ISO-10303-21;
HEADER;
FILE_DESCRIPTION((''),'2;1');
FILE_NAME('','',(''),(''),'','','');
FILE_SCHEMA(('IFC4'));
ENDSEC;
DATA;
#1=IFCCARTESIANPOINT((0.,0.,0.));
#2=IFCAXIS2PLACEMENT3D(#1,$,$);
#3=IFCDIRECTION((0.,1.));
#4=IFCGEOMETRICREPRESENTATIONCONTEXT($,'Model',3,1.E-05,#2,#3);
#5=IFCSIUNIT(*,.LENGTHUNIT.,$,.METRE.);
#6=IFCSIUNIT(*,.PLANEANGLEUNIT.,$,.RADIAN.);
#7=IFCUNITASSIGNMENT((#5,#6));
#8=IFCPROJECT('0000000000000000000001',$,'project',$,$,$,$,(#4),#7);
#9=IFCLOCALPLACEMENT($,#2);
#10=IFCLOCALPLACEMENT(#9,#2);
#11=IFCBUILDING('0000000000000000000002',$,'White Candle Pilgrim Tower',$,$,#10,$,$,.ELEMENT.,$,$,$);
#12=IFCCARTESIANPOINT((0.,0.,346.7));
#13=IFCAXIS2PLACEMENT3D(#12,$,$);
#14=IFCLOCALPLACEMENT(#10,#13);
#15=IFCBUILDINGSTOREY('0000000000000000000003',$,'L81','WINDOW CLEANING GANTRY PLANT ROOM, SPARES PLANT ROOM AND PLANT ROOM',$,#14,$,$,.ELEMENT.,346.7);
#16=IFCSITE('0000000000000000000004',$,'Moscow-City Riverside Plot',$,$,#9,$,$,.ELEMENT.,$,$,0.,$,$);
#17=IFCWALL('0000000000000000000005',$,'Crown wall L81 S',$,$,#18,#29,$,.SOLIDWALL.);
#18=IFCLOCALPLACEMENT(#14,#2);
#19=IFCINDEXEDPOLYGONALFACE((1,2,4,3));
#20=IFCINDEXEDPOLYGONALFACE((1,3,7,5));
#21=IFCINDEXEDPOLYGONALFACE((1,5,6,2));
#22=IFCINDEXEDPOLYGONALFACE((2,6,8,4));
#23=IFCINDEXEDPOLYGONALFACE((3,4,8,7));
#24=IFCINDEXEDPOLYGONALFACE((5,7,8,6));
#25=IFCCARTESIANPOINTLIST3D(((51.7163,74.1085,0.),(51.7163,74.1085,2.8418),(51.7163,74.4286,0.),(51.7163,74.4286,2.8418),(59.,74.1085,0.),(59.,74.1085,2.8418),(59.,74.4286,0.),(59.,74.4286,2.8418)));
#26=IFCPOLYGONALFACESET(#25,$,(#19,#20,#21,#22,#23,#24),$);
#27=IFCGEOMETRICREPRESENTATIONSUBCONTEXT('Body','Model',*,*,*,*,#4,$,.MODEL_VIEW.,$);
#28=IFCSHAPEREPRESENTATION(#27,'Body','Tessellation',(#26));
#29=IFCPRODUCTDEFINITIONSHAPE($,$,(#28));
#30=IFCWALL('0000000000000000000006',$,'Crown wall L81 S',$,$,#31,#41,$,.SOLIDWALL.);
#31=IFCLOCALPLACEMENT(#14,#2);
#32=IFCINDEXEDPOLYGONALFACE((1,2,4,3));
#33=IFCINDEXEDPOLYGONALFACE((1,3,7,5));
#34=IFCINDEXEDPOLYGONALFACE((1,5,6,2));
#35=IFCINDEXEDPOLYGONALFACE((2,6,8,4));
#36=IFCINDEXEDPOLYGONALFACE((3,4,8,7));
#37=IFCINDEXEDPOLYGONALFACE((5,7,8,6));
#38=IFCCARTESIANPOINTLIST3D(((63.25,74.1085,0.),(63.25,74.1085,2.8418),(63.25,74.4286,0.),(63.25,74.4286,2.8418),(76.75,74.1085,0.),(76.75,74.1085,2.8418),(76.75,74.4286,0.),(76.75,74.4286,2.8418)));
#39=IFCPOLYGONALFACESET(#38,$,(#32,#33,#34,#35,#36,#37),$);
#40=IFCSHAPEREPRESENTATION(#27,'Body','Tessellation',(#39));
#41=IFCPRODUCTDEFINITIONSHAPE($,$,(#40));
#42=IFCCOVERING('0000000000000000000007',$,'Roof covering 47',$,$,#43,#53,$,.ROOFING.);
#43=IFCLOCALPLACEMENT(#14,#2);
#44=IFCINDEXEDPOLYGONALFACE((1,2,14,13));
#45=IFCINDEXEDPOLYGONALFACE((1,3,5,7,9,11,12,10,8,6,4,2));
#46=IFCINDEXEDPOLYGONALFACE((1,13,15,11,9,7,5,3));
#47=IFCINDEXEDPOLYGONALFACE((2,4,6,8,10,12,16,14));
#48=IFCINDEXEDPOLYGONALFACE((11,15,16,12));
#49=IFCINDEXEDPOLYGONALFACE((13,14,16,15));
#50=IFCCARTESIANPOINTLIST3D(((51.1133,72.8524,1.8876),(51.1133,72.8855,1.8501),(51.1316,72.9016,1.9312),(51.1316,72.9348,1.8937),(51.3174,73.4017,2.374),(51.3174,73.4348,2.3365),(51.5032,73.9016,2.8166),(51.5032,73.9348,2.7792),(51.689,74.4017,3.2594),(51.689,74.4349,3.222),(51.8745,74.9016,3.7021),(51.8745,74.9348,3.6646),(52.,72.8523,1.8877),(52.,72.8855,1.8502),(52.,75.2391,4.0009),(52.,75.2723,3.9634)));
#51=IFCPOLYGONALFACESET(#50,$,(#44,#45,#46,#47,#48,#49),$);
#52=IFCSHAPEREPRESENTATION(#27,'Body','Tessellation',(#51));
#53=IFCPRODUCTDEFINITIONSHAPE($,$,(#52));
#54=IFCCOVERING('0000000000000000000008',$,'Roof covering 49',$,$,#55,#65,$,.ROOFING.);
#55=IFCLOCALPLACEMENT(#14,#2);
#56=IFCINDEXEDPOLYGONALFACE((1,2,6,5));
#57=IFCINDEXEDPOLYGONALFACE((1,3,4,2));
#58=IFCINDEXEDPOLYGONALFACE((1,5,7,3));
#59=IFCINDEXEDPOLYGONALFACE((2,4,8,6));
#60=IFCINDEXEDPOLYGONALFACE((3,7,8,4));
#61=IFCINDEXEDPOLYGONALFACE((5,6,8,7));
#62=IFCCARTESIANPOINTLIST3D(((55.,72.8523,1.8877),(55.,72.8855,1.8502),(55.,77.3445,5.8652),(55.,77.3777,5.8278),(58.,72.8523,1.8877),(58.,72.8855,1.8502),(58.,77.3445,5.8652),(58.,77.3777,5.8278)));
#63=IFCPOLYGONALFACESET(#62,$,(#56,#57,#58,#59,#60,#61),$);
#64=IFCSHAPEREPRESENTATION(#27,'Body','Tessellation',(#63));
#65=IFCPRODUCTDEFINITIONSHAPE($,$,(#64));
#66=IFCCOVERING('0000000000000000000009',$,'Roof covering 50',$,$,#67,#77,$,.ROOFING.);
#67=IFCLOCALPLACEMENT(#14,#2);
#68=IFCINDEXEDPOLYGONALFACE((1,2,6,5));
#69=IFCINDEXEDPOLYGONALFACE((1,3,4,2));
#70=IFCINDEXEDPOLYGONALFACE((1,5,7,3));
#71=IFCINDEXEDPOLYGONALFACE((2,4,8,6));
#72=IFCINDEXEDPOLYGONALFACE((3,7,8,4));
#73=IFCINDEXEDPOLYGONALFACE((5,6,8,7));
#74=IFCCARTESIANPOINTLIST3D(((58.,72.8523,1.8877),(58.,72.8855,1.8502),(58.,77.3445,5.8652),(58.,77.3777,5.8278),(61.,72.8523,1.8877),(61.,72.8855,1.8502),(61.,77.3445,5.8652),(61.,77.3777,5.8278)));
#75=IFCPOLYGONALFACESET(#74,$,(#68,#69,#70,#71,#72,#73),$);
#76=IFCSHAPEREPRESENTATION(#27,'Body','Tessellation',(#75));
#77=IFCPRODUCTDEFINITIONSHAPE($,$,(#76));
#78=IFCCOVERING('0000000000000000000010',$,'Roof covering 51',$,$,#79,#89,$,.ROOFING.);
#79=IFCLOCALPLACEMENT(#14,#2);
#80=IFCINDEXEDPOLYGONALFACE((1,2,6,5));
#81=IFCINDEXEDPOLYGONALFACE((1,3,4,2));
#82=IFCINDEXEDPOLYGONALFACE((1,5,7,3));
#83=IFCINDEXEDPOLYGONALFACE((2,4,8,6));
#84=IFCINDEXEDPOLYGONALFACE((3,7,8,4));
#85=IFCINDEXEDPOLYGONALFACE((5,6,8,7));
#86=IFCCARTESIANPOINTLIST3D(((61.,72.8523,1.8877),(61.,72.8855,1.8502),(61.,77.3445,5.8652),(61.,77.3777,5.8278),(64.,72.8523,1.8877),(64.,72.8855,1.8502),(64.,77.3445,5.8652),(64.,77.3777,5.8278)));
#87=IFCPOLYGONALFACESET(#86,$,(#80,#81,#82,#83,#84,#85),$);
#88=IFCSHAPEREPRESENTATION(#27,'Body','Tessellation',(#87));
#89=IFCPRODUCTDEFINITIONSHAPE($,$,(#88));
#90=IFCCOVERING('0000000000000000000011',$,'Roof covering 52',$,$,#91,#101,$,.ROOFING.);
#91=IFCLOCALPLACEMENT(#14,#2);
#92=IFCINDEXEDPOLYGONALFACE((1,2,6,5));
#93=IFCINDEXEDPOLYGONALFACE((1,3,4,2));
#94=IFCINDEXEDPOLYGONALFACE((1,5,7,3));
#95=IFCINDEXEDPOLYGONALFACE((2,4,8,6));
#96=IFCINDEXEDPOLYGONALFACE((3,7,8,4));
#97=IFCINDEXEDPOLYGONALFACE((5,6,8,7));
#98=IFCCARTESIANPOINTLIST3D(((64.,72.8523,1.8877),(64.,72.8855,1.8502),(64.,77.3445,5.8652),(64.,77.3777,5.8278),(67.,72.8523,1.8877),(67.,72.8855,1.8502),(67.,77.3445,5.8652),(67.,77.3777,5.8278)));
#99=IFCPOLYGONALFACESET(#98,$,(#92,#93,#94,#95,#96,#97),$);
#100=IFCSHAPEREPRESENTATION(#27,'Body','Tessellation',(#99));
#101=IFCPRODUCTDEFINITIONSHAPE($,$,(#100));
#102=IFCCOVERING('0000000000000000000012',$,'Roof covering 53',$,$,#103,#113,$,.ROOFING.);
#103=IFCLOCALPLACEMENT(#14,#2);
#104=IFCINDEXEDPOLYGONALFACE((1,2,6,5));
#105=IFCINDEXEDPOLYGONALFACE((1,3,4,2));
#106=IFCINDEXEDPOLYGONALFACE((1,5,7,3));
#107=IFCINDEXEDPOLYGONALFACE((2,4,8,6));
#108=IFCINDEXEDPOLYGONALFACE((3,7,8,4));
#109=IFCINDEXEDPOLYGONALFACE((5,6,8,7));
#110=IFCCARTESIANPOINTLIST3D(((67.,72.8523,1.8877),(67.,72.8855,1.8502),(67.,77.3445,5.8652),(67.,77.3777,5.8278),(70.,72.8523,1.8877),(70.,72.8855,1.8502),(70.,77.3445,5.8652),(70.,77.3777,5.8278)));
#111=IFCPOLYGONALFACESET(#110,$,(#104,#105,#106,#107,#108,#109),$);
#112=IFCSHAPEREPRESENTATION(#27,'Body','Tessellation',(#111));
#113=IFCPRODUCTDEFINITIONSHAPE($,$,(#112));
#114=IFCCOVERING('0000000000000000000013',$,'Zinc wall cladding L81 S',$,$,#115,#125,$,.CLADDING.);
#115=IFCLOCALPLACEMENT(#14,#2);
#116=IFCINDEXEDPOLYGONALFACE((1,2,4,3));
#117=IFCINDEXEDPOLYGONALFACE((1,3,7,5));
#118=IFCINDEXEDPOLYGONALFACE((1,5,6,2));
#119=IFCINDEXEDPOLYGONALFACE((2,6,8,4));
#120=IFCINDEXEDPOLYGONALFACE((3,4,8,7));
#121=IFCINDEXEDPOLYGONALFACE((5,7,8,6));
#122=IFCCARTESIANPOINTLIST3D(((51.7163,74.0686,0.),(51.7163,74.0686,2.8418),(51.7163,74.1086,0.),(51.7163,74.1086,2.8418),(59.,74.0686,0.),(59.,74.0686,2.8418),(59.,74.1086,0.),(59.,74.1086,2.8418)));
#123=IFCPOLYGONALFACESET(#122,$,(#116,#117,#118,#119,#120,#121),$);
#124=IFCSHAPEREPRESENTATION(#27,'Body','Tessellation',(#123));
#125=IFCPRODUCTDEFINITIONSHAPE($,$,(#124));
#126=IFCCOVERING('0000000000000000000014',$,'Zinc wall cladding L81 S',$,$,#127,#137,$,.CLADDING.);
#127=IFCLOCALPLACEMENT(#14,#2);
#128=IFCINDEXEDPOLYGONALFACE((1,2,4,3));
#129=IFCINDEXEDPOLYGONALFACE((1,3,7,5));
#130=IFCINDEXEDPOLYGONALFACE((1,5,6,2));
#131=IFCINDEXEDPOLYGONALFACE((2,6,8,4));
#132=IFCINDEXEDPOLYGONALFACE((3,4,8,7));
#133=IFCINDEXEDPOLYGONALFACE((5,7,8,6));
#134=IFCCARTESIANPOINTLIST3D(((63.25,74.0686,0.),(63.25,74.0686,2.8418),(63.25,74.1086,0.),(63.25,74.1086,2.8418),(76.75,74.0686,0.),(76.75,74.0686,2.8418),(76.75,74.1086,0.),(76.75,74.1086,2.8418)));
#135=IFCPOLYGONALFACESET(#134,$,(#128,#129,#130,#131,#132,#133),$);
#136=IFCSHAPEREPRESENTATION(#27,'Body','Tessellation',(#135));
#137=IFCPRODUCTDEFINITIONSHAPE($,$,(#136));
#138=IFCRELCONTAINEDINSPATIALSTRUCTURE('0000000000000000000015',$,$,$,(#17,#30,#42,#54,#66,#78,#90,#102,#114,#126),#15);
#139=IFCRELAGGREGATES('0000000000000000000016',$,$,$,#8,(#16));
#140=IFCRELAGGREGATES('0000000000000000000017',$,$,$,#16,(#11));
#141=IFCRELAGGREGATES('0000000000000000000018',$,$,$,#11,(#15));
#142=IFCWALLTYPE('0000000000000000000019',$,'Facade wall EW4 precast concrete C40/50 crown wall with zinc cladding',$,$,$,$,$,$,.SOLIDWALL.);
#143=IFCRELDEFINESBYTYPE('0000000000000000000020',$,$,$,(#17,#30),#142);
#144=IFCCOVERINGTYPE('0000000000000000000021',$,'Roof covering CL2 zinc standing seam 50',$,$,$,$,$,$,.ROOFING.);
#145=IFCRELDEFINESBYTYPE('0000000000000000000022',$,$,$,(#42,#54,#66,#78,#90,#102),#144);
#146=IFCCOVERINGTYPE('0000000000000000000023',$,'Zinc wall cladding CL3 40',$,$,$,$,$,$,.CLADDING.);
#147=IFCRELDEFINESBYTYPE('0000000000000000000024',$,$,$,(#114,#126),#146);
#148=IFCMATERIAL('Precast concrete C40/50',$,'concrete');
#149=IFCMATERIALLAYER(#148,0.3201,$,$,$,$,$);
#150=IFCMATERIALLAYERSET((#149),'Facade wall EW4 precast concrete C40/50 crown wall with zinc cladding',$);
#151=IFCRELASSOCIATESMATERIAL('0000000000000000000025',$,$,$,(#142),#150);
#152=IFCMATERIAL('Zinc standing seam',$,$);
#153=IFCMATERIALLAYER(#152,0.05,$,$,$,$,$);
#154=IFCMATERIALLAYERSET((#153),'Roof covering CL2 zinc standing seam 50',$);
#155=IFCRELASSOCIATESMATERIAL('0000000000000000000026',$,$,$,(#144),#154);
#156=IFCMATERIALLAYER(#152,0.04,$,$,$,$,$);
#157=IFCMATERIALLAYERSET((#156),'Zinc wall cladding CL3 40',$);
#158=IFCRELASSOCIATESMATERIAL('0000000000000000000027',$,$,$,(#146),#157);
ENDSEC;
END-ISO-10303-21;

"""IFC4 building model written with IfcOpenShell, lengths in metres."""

from ifc_helpers import new_model, si_unit, direction, frame, frame_2d, origin, place, context, subcontext, project, spatial, polyline, rectangle, outline, extrude, material, layer, layer_set, type_object, element, save


model = new_model("IFC4")

# Units and contexts
model_context = context("Model", 3, precision=1e-05, world=origin(), true_north=direction((0.0, 1.0)))
body_context = subcontext(model_context, "Body", "Model", "MODEL_VIEW")
ifc_project = project(units=[si_unit("LENGTHUNIT", "METRE"), si_unit("PLANEANGLEUNIT", "RADIAN")], contexts=[model_context])

# Site, building, storey
site_placement = place(None, origin())
site = spatial("IfcSite", under=ifc_project, at=site_placement, Name="Moscow-City Riverside Plot", CompositionType="ELEMENT", RefElevation=0.0)
building_placement = place(site_placement, origin())
building = spatial("IfcBuilding", under=site, at=building_placement, Name="White Candle Pilgrim Tower", CompositionType="ELEMENT")
storey_placement = place(building_placement, frame((0.0, 0.0, 346.7)))
storey = spatial("IfcBuildingStorey", under=building, at=storey_placement, Name="L81", Description="WINDOW CLEANING GANTRY PLANT ROOM, SPARES PLANT ROOM AND PLANT ROOM", CompositionType="ELEMENT", Elevation=346.7)

# Walls
ifc_material_1 = material(Name="Precast concrete C40/50", Category="concrete")
ifc_layer_1 = layer(ifc_material_1, 0.3201)
ifc_layer_set_1 = layer_set([ifc_layer_1], Name="Facade wall EW4 precast concrete C40/50 crown wall with zinc cladding")
wall_type_1 = type_object("IfcWallType", Name="Facade wall EW4 precast concrete C40/50 crown wall with zinc cladding", PredefinedType="SOLIDWALL", material=ifc_layer_set_1)
wall_1_placement = place(storey_placement, frame((51.7163, 74.2686, 0.0), z_axis=(0.0, 0.0, 1.0), x_axis=(1.0, 0.0, 0.0)))
element("IfcWall", 1, at=wall_1_placement, inside=storey, type_object=wall_type_1, Name="Crown wall L81 S", PredefinedType="SOLIDWALL", context=body_context, shape_type="SweptSolid", body=[
    extrude(rectangle(XDim=7.2837, YDim=0.3201, at=frame_2d((3.6418, 0.0))), origin(), (0.0, 0.0, 1.0), 2.8418),
])
wall_2_placement = place(storey_placement, frame((63.25, 74.2686, 0.0), z_axis=(0.0, 0.0, 1.0), x_axis=(1.0, 0.0, 0.0)))
element("IfcWall", 2, at=wall_2_placement, inside=storey, type_object=wall_type_1, Name="Crown wall L81 S", PredefinedType="SOLIDWALL", context=body_context, shape_type="SweptSolid", body=[
    extrude(rectangle(XDim=13.5, YDim=0.3201, at=frame_2d((6.75, 0.0))), origin(), (0.0, 0.0, 1.0), 2.8418),
])

# Coverings
ifc_material_2 = material(Name="Zinc standing seam")
ifc_layer_2 = layer(ifc_material_2, 0.05)
ifc_layer_set_2 = layer_set([ifc_layer_2], Name="Roof covering CL2 zinc standing seam 50")
covering_type_1 = type_object("IfcCoveringType", Name="Roof covering CL2 zinc standing seam 50", PredefinedType="ROOFING", material=ifc_layer_set_2)
covering_1_placement = place(storey_placement, frame((52.0, 72.8523, 1.8877), z_axis=(-0.000132, -0.66289, 0.748717), x_axis=(-1.0, 0.000088, -0.000099)))
element("IfcCovering", 3, at=covering_1_placement, inside=storey, type_object=covering_type_1, Name="Roof covering 47", PredefinedType="ROOFING", context=body_context, shape_type="SweptSolid", body=[
    extrude(outline(polyline([(0.0, 0.0), (0.8867, 0.0), (0.8684, -0.0657), (0.6826, -0.7337), (0.4968, -1.4014), (0.311, -2.0694), (0.1255, -2.7371), (0.0, -3.1878), (0.0, 0.0)])), origin(), (0.0, 0.0, -1.0), 0.05),
])
for number, where, z_axis, x_axis, name in (
    (4, (55.0, 72.8523, 1.8877), (0.0, -0.662918, 0.748692), (0.0, 0.748692, 0.662918), "Roof covering 49"),
    (5, (58.0, 72.8523, 1.8877), (0.0, -0.662918, 0.748692), (0.0, 0.748692, 0.662918), "Roof covering 50"),
    (6, (61.0, 72.8523, 1.8877), (0.0, -0.662918, 0.748692), (0.0, 0.748692, 0.662918), "Roof covering 51"),
    (7, (64.0, 72.8523, 1.8877), (0.0, -0.662918, 0.748692), (0.0, 0.748692, 0.662918), "Roof covering 52"),
    (8, (67.0, 72.8523, 1.8877), (0.0, -0.662918, 0.748692), (0.0, 0.748692, 0.662918), "Roof covering 53"),
):
    element("IfcCovering", number, at=place(storey_placement, frame(where, z_axis=z_axis, x_axis=x_axis)), inside=storey, type_object=covering_type_1, Name=name, PredefinedType="ROOFING", context=body_context, shape_type="SweptSolid", body=[
        extrude(outline(polyline([(0.0, 0.0), (6.0, 0.0), (6.0, -3.0), (0.0, -3.0), (0.0, 0.0)])), origin(), (0.0, 0.0, -1.0), 0.05),
    ])
ifc_layer_3 = layer(ifc_material_2, 0.04)
ifc_layer_set_3 = layer_set([ifc_layer_3], Name="Zinc wall cladding CL3 40")
covering_type_2 = type_object("IfcCoveringType", Name="Zinc wall cladding CL3 40", PredefinedType="CLADDING", material=ifc_layer_set_3)
covering_2_placement = place(storey_placement, frame((51.7163, 74.1086, 2.8418), z_axis=(0.0, 1.0, 0.0), x_axis=(1.0, 0.0, 0.0)))
element("IfcCovering", 9, at=covering_2_placement, inside=storey, type_object=covering_type_2, Name="Zinc wall cladding L81 S", PredefinedType="CLADDING", context=body_context, shape_type="SweptSolid", body=[
    extrude(outline(polyline([(0.0, 0.0), (7.2837, 0.0), (7.2837, 2.8418), (0.0, 2.8418), (0.0, 0.0)])), origin(), (0.0, 0.0, -1.0), 0.04),
])
covering_3_placement = place(storey_placement, frame((63.25, 74.1086, 2.8418), z_axis=(0.0, 1.0, 0.0), x_axis=(1.0, 0.0, 0.0)))
element("IfcCovering", 10, at=covering_3_placement, inside=storey, type_object=covering_type_2, Name="Zinc wall cladding L81 S", PredefinedType="CLADDING", context=body_context, shape_type="SweptSolid", body=[
    extrude(outline(polyline([(0.0, 0.0), (13.5, 0.0), (13.5, 2.8418), (0.0, 2.8418), (0.0, 0.0)])), origin(), (0.0, 0.0, -1.0), 0.04),
])

save(model, "model.ifc")
